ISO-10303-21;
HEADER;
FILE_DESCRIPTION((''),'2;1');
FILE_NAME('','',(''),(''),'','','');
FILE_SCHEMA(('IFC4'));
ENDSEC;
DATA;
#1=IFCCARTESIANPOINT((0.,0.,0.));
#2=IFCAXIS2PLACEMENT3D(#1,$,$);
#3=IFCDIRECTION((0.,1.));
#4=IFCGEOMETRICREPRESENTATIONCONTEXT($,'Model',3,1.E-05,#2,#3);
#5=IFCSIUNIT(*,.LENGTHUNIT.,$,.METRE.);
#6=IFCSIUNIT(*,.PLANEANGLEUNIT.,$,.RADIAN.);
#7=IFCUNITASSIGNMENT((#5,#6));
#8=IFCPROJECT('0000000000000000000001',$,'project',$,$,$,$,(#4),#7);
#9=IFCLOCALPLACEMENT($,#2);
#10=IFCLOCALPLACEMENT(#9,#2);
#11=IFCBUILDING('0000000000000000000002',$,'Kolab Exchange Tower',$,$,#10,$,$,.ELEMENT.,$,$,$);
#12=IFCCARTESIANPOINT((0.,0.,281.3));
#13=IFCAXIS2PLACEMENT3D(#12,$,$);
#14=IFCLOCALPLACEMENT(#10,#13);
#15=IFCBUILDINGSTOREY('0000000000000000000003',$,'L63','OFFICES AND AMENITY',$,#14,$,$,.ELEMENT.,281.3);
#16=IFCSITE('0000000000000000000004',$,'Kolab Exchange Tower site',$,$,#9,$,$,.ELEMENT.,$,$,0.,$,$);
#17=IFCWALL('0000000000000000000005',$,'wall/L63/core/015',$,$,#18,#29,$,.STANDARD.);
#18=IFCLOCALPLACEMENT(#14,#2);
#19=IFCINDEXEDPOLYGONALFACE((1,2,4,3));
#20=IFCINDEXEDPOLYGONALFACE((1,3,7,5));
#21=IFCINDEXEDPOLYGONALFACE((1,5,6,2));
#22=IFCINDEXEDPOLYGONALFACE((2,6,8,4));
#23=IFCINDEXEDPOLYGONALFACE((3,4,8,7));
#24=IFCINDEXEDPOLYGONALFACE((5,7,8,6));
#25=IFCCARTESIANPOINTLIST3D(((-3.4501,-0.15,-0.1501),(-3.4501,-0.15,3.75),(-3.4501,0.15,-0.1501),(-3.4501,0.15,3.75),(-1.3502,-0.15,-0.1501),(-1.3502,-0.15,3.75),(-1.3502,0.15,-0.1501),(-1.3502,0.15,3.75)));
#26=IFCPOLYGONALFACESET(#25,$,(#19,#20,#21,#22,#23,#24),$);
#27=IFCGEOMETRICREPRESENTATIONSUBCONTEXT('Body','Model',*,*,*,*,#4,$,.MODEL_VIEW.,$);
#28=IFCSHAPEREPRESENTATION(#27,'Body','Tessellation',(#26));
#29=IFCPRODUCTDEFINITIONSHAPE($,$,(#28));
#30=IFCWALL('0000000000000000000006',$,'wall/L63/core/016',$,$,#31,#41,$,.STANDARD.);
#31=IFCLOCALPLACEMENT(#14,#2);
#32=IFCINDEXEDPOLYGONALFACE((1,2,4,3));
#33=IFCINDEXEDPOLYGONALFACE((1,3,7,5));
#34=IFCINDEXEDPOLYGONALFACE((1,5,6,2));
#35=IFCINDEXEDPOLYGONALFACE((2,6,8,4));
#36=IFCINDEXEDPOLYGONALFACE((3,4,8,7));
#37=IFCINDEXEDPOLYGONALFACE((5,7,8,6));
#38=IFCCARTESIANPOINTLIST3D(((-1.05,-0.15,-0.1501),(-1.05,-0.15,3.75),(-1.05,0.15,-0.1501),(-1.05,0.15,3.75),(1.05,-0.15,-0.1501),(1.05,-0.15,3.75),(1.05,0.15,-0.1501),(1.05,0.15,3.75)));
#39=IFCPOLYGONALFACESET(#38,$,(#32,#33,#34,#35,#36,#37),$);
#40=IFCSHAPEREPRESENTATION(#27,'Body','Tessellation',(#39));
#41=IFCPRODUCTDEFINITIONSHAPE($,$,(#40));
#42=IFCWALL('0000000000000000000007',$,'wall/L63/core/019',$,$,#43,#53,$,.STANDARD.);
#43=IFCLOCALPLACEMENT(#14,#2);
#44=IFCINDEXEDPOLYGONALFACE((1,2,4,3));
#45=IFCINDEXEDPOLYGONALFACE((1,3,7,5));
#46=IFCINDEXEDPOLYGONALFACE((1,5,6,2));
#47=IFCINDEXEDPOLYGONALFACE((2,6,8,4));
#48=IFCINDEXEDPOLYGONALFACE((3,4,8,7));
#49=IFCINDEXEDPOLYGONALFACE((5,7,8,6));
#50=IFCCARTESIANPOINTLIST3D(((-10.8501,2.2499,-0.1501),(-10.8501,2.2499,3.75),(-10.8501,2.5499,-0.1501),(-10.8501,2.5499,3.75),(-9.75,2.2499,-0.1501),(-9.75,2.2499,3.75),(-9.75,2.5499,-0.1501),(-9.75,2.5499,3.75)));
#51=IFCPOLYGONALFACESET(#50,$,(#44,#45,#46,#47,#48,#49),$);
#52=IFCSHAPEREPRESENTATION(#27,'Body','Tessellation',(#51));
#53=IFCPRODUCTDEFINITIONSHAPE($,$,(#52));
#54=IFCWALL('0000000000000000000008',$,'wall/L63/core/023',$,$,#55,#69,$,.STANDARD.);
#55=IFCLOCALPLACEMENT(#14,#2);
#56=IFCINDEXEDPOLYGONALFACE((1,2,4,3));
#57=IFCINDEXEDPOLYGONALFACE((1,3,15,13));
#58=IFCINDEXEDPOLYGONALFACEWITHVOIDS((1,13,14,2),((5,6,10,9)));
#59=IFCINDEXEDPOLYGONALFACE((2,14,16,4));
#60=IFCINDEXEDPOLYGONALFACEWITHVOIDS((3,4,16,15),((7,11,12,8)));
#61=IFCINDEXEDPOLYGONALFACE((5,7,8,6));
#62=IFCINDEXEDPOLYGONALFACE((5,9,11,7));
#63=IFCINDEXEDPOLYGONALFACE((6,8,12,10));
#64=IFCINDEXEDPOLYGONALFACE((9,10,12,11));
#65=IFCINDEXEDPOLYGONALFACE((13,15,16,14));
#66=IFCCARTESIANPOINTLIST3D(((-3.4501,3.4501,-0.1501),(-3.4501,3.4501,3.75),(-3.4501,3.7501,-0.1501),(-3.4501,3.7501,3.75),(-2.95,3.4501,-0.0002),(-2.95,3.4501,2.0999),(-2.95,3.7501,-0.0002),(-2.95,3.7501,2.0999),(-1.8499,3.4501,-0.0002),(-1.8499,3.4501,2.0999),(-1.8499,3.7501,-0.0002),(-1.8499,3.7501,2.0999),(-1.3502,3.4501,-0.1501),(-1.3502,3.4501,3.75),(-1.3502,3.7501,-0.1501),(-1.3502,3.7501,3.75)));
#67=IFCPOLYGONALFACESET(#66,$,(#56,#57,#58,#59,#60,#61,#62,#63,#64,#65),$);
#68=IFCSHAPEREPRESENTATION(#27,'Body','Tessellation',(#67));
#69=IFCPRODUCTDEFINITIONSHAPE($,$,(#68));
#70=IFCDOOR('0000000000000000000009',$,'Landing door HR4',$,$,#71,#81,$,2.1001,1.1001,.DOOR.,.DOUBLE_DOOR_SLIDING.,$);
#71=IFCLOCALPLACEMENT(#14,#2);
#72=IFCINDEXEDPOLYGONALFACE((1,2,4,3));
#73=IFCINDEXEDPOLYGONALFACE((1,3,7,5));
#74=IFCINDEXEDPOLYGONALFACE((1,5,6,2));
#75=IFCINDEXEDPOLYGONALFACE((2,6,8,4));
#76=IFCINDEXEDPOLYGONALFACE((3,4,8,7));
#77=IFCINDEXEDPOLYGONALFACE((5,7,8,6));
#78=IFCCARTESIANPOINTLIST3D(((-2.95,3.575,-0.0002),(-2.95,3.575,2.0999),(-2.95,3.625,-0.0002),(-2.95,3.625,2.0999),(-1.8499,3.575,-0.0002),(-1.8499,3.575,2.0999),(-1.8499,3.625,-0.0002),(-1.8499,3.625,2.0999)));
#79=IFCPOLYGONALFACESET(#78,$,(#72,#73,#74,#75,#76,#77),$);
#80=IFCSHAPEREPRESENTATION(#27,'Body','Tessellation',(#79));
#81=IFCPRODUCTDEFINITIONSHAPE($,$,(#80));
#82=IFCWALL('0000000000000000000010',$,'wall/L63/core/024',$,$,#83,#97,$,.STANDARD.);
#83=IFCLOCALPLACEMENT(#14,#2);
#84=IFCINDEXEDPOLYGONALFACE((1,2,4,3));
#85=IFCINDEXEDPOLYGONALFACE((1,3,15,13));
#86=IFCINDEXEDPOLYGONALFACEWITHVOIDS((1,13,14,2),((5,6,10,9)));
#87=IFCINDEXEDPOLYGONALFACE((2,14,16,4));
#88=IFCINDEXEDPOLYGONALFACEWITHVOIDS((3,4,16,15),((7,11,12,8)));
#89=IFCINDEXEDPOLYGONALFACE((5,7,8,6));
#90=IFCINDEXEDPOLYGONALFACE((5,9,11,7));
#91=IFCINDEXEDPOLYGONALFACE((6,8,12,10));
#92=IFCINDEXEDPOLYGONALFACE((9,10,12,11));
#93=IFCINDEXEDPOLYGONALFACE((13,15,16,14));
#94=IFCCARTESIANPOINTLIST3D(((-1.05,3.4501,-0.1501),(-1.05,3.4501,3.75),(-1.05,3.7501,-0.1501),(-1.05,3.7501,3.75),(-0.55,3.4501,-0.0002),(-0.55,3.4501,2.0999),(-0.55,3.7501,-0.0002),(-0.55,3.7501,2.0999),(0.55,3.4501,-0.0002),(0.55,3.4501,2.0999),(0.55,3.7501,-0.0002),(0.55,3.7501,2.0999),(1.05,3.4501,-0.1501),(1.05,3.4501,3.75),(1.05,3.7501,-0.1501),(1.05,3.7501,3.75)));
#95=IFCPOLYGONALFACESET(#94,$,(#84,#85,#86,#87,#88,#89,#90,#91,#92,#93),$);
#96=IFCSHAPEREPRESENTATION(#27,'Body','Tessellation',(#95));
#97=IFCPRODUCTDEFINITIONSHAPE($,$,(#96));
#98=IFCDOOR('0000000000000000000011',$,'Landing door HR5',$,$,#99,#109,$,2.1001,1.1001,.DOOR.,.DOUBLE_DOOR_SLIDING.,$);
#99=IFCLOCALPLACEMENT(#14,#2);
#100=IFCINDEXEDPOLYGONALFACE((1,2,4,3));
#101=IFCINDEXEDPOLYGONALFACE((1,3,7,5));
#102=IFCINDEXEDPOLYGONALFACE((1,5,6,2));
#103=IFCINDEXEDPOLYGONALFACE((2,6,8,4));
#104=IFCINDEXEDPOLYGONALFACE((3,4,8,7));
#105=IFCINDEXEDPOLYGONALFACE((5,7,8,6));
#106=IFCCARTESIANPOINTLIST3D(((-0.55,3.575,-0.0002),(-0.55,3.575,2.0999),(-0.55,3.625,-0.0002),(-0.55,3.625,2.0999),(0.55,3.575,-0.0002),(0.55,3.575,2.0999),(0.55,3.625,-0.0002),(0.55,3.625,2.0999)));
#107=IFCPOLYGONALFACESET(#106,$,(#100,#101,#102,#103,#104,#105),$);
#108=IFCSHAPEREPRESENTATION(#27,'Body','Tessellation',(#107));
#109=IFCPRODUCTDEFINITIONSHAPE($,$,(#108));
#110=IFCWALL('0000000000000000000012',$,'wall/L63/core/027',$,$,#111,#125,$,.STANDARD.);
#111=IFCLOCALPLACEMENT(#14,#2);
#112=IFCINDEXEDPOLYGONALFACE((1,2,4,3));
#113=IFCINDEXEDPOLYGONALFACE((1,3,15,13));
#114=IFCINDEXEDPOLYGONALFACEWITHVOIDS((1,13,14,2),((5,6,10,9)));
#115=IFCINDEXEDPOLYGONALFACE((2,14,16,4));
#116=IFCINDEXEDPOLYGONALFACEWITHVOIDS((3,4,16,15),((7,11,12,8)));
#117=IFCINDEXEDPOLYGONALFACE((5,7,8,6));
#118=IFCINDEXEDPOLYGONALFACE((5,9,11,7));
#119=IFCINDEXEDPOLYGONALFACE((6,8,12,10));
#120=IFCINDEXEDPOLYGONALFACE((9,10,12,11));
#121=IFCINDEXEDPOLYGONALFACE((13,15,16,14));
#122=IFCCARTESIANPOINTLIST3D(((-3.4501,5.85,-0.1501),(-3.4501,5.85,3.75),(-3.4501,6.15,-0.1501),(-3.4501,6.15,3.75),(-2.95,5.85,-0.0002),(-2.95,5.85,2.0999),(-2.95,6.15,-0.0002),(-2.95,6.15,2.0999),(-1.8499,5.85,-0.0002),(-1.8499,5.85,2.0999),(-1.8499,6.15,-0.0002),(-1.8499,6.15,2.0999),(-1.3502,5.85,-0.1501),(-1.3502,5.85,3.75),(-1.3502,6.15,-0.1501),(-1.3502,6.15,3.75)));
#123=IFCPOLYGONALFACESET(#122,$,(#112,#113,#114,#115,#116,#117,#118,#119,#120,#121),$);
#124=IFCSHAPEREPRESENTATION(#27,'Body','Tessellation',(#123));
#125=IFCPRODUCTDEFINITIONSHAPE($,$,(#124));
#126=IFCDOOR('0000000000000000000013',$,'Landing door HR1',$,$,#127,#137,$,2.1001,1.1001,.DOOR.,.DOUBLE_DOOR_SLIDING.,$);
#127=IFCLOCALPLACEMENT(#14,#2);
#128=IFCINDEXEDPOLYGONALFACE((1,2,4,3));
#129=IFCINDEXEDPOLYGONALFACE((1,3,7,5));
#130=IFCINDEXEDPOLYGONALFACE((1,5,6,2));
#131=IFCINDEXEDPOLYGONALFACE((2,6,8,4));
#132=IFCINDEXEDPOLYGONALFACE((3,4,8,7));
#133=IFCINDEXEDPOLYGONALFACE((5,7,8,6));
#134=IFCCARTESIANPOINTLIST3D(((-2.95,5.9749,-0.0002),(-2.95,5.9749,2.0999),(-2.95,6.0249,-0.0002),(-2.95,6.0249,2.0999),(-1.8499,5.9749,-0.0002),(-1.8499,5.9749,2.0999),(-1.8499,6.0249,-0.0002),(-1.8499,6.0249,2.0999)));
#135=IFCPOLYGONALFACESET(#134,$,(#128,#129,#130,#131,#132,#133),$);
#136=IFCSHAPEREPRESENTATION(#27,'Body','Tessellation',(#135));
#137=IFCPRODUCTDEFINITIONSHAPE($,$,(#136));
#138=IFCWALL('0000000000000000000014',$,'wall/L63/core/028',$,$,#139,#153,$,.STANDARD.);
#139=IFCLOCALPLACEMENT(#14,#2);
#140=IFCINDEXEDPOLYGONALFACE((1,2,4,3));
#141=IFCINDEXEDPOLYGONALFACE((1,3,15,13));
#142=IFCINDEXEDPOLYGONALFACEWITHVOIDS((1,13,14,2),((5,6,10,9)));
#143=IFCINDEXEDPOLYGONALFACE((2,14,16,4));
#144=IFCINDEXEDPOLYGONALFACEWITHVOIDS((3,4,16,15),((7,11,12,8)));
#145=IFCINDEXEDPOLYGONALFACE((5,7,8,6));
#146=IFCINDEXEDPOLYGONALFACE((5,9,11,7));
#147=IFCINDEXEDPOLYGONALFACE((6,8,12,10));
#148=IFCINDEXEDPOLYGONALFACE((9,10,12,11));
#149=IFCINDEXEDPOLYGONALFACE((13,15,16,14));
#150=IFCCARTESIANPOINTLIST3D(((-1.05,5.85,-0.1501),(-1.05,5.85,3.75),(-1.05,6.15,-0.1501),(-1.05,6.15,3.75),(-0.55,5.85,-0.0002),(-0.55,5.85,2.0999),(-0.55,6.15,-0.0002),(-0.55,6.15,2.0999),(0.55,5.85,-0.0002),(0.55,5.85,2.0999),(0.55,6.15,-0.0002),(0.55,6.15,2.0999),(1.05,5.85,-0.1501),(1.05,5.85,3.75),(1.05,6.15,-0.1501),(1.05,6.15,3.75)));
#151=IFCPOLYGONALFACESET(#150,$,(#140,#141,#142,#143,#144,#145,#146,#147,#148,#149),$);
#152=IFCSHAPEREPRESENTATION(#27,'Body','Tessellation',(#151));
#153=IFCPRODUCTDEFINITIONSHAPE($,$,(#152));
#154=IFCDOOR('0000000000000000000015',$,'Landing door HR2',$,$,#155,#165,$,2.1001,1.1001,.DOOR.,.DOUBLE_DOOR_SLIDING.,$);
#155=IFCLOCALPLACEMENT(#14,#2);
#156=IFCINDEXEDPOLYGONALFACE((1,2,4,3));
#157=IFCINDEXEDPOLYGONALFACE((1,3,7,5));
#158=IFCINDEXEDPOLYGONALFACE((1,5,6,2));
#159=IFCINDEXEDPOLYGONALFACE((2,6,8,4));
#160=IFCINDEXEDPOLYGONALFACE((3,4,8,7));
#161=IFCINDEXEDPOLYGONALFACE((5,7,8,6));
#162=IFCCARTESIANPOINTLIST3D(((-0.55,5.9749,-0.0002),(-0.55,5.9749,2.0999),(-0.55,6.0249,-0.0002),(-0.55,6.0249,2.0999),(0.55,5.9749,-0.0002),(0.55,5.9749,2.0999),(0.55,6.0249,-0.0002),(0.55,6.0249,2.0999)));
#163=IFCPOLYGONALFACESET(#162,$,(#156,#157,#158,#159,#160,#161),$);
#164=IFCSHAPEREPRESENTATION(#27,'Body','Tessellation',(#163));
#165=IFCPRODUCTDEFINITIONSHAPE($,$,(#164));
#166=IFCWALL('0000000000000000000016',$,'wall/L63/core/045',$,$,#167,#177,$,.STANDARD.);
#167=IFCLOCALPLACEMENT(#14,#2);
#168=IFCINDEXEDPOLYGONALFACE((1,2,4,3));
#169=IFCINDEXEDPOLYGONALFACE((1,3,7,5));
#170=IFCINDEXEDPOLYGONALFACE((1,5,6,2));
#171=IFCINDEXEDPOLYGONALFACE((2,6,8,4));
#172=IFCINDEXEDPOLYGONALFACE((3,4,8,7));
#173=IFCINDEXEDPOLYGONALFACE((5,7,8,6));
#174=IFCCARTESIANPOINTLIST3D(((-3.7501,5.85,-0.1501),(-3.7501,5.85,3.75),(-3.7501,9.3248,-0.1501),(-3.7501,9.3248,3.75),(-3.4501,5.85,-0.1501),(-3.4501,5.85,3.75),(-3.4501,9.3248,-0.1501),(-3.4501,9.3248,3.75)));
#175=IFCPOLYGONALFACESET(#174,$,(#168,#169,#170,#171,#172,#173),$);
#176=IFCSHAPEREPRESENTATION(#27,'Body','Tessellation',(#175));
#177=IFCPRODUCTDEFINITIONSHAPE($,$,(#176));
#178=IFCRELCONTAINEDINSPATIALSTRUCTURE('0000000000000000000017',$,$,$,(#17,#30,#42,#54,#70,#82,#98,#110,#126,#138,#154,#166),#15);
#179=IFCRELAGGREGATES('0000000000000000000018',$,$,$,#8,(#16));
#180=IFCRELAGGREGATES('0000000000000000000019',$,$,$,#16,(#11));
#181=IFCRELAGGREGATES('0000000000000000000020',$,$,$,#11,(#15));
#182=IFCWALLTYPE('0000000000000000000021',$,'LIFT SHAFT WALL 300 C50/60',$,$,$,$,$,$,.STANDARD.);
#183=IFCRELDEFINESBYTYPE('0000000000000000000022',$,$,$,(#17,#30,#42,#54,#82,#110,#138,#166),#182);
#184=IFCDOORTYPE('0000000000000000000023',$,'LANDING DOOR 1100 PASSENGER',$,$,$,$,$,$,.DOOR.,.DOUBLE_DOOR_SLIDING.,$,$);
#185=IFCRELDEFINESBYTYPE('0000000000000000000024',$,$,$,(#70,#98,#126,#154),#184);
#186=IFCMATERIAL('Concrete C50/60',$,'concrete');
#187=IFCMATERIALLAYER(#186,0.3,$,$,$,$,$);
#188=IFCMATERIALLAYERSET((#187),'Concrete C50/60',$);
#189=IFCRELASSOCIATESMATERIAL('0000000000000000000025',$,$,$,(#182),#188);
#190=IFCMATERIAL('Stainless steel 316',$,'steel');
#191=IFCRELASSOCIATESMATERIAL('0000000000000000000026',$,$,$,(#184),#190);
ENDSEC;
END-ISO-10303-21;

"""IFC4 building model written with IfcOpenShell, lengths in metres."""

from ifc_helpers import new_model, si_unit, direction, frame, frame_2d, origin, place, context, subcontext, project, spatial, rectangle, extrude, material, layer, layer_set, type_object, element, fill, save


model = new_model("IFC4")

# Units and contexts
model_context = context("Model", 3, precision=1e-05, world=origin(), true_north=direction((0.0, 1.0)))
body_context = subcontext(model_context, "Body", "Model", "MODEL_VIEW")
ifc_project = project(units=[si_unit("LENGTHUNIT", "METRE"), si_unit("PLANEANGLEUNIT", "RADIAN")], contexts=[model_context])

# Site, building, storey
site_placement = place(None, origin())
site = spatial("IfcSite", under=ifc_project, at=site_placement, Name="Kolab Exchange Tower site", CompositionType="ELEMENT", RefElevation=0.0)
building_placement = place(site_placement, origin())
building = spatial("IfcBuilding", under=site, at=building_placement, Name="Kolab Exchange Tower", CompositionType="ELEMENT")
storey_placement = place(building_placement, frame((0.0, 0.0, 281.3)))
storey = spatial("IfcBuildingStorey", under=building, at=storey_placement, Name="L63", Description="OFFICES AND AMENITY", CompositionType="ELEMENT", Elevation=281.3)

# Walls
ifc_material_1 = material(Name="Concrete C50/60", Category="concrete")
ifc_layer_1 = layer(ifc_material_1, 0.3)
ifc_layer_set_1 = layer_set([ifc_layer_1], Name="Concrete C50/60")
wall_type_1 = type_object("IfcWallType", Name="LIFT SHAFT WALL 300 C50/60", PredefinedType="STANDARD", material=ifc_layer_set_1)
wall_1_placement = place(storey_placement, frame((-3.45, 0.0, -0.1501), z_axis=(0.0, 0.0, 1.0), x_axis=(1.0, 0.0, 0.0)))
element("IfcWall", 1, at=wall_1_placement, inside=storey, type_object=wall_type_1, Name="wall/L63/core/015", PredefinedType="STANDARD", context=body_context, shape_type="SweptSolid", body=[
    extrude(rectangle(XDim=2.0999, YDim=0.3, at=frame_2d((1.0498, 0.0))), origin(), (0.0, 0.0, 1.0), 3.9001),
])
wall_2_placement = place(storey_placement, frame((-1.05, 0.0, -0.1501), z_axis=(0.0, 0.0, 1.0), x_axis=(1.0, 0.0, 0.0)))
element("IfcWall", 2, at=wall_2_placement, inside=storey, type_object=wall_type_1, Name="wall/L63/core/016", PredefinedType="STANDARD", context=body_context, shape_type="SweptSolid", body=[
    extrude(rectangle(XDim=2.1001, YDim=0.3, at=frame_2d((1.05, 0.0))), origin(), (0.0, 0.0, 1.0), 3.9001),
])
wall_3_placement = place(storey_placement, frame((-10.8501, 2.3999, -0.1501), z_axis=(0.0, 0.0, 1.0), x_axis=(1.0, 0.0, 0.0)))
element("IfcWall", 3, at=wall_3_placement, inside=storey, type_object=wall_type_1, Name="wall/L63/core/019", PredefinedType="STANDARD", context=body_context, shape_type="SweptSolid", body=[
    extrude(rectangle(XDim=1.1001, YDim=0.3, at=frame_2d((0.55, 0.0))), origin(), (0.0, 0.0, 1.0), 3.9001),
])

# Walls, openings, doors
wall_4_placement = place(storey_placement, frame((-3.45, 3.6001, -0.1501), z_axis=(0.0, 0.0, 1.0), x_axis=(1.0, 0.0, 0.0)))
wall_4 = element("IfcWall", 4, at=wall_4_placement, inside=storey, type_object=wall_type_1, Name="wall/L63/core/023", PredefinedType="STANDARD", context=body_context, shape_type="SweptSolid", body=[
    extrude(rectangle(XDim=2.0999, YDim=0.3, at=frame_2d((1.0498, 0.0))), origin(), (0.0, 0.0, 1.0), 3.9001),
])
opening_1_placement = place(wall_4_placement, frame((0.5, 0.0, 0.1499)))
opening_1 = element("IfcOpeningElement", 5, at=opening_1_placement, cuts=wall_4, PredefinedType="OPENING", context=body_context, shape_type="SweptSolid", body=[
    extrude(rectangle(XDim=1.1001, YDim=2.1001, at=frame_2d((0.55, 1.05))), frame((0.0, 0.1602, 0.0), z_axis=(0.0, -1.0, 0.0), x_axis=(1.0, 0.0, 0.0)), (0.0, 0.0, 1.0), 0.3201),
])
ifc_material_2 = material(Name="Stainless steel 316", Category="steel")
door_type_1 = type_object("IfcDoorType", Name="LANDING DOOR 1100 PASSENGER", OperationType="DOUBLE_DOOR_SLIDING", PredefinedType="DOOR", material=ifc_material_2)
door_1_placement = place(opening_1_placement, origin())
door_1 = element("IfcDoor", 6, at=door_1_placement, inside=storey, type_object=door_type_1, Name="Landing door HR4", OperationType="DOUBLE_DOOR_SLIDING", OverallHeight=2.1001, OverallWidth=1.1001, PredefinedType="DOOR", context=body_context, shape_type="SweptSolid", body=[
    extrude(rectangle(XDim=1.1001, YDim=2.1001, at=frame_2d((0.55, 1.05))), frame((0.0, 0.0249, 0.0), z_axis=(0.0, -1.0, 0.0), x_axis=(1.0, 0.0, 0.0)), (0.0, 0.0, 1.0), 0.05),
])
fill(opening_1, door_1)
wall_5_placement = place(storey_placement, frame((-1.05, 3.6001, -0.1501), z_axis=(0.0, 0.0, 1.0), x_axis=(1.0, 0.0, 0.0)))
wall_5 = element("IfcWall", 7, at=wall_5_placement, inside=storey, type_object=wall_type_1, Name="wall/L63/core/024", PredefinedType="STANDARD", context=body_context, shape_type="SweptSolid", body=[
    extrude(rectangle(XDim=2.1001, YDim=0.3, at=frame_2d((1.05, 0.0))), origin(), (0.0, 0.0, 1.0), 3.9001),
])
opening_2_placement = place(wall_5_placement, frame((0.5, 0.0, 0.1499)))
opening_2 = element("IfcOpeningElement", 8, at=opening_2_placement, cuts=wall_5, PredefinedType="OPENING", context=body_context, shape_type="SweptSolid", body=[
    extrude(rectangle(XDim=1.1001, YDim=2.1001, at=frame_2d((0.55, 1.05))), frame((0.0, 0.1602, 0.0), z_axis=(0.0, -1.0, 0.0), x_axis=(1.0, 0.0, 0.0)), (0.0, 0.0, 1.0), 0.3201),
])
door_2_placement = place(opening_2_placement, origin())
door_2 = element("IfcDoor", 9, at=door_2_placement, inside=storey, type_object=door_type_1, Name="Landing door HR5", OperationType="DOUBLE_DOOR_SLIDING", OverallHeight=2.1001, OverallWidth=1.1001, PredefinedType="DOOR", context=body_context, shape_type="SweptSolid", body=[
    extrude(rectangle(XDim=1.1001, YDim=2.1001, at=frame_2d((0.55, 1.05))), frame((0.0, 0.0249, 0.0), z_axis=(0.0, -1.0, 0.0), x_axis=(1.0, 0.0, 0.0)), (0.0, 0.0, 1.0), 0.05),
])
fill(opening_2, door_2)
wall_6_placement = place(storey_placement, frame((-3.45, 6.0, -0.1501), z_axis=(0.0, 0.0, 1.0), x_axis=(1.0, 0.0, 0.0)))
wall_6 = element("IfcWall", 10, at=wall_6_placement, inside=storey, type_object=wall_type_1, Name="wall/L63/core/027", PredefinedType="STANDARD", context=body_context, shape_type="SweptSolid", body=[
    extrude(rectangle(XDim=2.0999, YDim=0.3, at=frame_2d((1.0498, 0.0))), origin(), (0.0, 0.0, 1.0), 3.9001),
])
opening_3_placement = place(wall_6_placement, frame((0.5, 0.0, 0.1499)))
opening_3 = element("IfcOpeningElement", 11, at=opening_3_placement, cuts=wall_6, PredefinedType="OPENING", context=body_context, shape_type="SweptSolid", body=[
    extrude(rectangle(XDim=1.1001, YDim=2.1001, at=frame_2d((0.55, 1.05))), frame((0.0, 0.1602, 0.0), z_axis=(0.0, -1.0, 0.0), x_axis=(1.0, 0.0, 0.0)), (0.0, 0.0, 1.0), 0.3201),
])
door_3_placement = place(opening_3_placement, origin())
door_3 = element("IfcDoor", 12, at=door_3_placement, inside=storey, type_object=door_type_1, Name="Landing door HR1", OperationType="DOUBLE_DOOR_SLIDING", OverallHeight=2.1001, OverallWidth=1.1001, PredefinedType="DOOR", context=body_context, shape_type="SweptSolid", body=[
    extrude(rectangle(XDim=1.1001, YDim=2.1001, at=frame_2d((0.55, 1.05))), frame((0.0, 0.0249, 0.0), z_axis=(0.0, -1.0, 0.0), x_axis=(1.0, 0.0, 0.0)), (0.0, 0.0, 1.0), 0.05),
])
fill(opening_3, door_3)
wall_7_placement = place(storey_placement, frame((-1.05, 6.0, -0.1501), z_axis=(0.0, 0.0, 1.0), x_axis=(1.0, 0.0, 0.0)))
wall_7 = element("IfcWall", 13, at=wall_7_placement, inside=storey, type_object=wall_type_1, Name="wall/L63/core/028", PredefinedType="STANDARD", context=body_context, shape_type="SweptSolid", body=[
    extrude(rectangle(XDim=2.1001, YDim=0.3, at=frame_2d((1.05, 0.0))), origin(), (0.0, 0.0, 1.0), 3.9001),
])
opening_4_placement = place(wall_7_placement, frame((0.5, 0.0, 0.1499)))
opening_4 = element("IfcOpeningElement", 14, at=opening_4_placement, cuts=wall_7, PredefinedType="OPENING", context=body_context, shape_type="SweptSolid", body=[
    extrude(rectangle(XDim=1.1001, YDim=2.1001, at=frame_2d((0.55, 1.05))), frame((0.0, 0.1602, 0.0), z_axis=(0.0, -1.0, 0.0), x_axis=(1.0, 0.0, 0.0)), (0.0, 0.0, 1.0), 0.3201),
])
door_4_placement = place(opening_4_placement, origin())
door_4 = element("IfcDoor", 15, at=door_4_placement, inside=storey, type_object=door_type_1, Name="Landing door HR2", OperationType="DOUBLE_DOOR_SLIDING", OverallHeight=2.1001, OverallWidth=1.1001, PredefinedType="DOOR", context=body_context, shape_type="SweptSolid", body=[
    extrude(rectangle(XDim=1.1001, YDim=2.1001, at=frame_2d((0.55, 1.05))), frame((0.0, 0.0249, 0.0), z_axis=(0.0, -1.0, 0.0), x_axis=(1.0, 0.0, 0.0)), (0.0, 0.0, 1.0), 0.05),
])
fill(opening_4, door_4)

# Wall
for number, where, z_axis, x_axis, name in (
    (16, (-3.6001, 5.8501, -0.1501), (0.0, 0.0, 1.0), (0.0, 1.0, 0.0), "wall/L63/core/045"),
):
    element("IfcWall", number, at=place(storey_placement, frame(where, z_axis=z_axis, x_axis=x_axis)), inside=storey, type_object=wall_type_1, Name=name, PredefinedType="STANDARD", context=body_context, shape_type="SweptSolid", body=[
        extrude(rectangle(XDim=3.4749, YDim=0.3, at=frame_2d((1.7373, 0.0))), origin(), (0.0, 0.0, 1.0), 3.9001),
    ])

save(model, "model.ifc")
